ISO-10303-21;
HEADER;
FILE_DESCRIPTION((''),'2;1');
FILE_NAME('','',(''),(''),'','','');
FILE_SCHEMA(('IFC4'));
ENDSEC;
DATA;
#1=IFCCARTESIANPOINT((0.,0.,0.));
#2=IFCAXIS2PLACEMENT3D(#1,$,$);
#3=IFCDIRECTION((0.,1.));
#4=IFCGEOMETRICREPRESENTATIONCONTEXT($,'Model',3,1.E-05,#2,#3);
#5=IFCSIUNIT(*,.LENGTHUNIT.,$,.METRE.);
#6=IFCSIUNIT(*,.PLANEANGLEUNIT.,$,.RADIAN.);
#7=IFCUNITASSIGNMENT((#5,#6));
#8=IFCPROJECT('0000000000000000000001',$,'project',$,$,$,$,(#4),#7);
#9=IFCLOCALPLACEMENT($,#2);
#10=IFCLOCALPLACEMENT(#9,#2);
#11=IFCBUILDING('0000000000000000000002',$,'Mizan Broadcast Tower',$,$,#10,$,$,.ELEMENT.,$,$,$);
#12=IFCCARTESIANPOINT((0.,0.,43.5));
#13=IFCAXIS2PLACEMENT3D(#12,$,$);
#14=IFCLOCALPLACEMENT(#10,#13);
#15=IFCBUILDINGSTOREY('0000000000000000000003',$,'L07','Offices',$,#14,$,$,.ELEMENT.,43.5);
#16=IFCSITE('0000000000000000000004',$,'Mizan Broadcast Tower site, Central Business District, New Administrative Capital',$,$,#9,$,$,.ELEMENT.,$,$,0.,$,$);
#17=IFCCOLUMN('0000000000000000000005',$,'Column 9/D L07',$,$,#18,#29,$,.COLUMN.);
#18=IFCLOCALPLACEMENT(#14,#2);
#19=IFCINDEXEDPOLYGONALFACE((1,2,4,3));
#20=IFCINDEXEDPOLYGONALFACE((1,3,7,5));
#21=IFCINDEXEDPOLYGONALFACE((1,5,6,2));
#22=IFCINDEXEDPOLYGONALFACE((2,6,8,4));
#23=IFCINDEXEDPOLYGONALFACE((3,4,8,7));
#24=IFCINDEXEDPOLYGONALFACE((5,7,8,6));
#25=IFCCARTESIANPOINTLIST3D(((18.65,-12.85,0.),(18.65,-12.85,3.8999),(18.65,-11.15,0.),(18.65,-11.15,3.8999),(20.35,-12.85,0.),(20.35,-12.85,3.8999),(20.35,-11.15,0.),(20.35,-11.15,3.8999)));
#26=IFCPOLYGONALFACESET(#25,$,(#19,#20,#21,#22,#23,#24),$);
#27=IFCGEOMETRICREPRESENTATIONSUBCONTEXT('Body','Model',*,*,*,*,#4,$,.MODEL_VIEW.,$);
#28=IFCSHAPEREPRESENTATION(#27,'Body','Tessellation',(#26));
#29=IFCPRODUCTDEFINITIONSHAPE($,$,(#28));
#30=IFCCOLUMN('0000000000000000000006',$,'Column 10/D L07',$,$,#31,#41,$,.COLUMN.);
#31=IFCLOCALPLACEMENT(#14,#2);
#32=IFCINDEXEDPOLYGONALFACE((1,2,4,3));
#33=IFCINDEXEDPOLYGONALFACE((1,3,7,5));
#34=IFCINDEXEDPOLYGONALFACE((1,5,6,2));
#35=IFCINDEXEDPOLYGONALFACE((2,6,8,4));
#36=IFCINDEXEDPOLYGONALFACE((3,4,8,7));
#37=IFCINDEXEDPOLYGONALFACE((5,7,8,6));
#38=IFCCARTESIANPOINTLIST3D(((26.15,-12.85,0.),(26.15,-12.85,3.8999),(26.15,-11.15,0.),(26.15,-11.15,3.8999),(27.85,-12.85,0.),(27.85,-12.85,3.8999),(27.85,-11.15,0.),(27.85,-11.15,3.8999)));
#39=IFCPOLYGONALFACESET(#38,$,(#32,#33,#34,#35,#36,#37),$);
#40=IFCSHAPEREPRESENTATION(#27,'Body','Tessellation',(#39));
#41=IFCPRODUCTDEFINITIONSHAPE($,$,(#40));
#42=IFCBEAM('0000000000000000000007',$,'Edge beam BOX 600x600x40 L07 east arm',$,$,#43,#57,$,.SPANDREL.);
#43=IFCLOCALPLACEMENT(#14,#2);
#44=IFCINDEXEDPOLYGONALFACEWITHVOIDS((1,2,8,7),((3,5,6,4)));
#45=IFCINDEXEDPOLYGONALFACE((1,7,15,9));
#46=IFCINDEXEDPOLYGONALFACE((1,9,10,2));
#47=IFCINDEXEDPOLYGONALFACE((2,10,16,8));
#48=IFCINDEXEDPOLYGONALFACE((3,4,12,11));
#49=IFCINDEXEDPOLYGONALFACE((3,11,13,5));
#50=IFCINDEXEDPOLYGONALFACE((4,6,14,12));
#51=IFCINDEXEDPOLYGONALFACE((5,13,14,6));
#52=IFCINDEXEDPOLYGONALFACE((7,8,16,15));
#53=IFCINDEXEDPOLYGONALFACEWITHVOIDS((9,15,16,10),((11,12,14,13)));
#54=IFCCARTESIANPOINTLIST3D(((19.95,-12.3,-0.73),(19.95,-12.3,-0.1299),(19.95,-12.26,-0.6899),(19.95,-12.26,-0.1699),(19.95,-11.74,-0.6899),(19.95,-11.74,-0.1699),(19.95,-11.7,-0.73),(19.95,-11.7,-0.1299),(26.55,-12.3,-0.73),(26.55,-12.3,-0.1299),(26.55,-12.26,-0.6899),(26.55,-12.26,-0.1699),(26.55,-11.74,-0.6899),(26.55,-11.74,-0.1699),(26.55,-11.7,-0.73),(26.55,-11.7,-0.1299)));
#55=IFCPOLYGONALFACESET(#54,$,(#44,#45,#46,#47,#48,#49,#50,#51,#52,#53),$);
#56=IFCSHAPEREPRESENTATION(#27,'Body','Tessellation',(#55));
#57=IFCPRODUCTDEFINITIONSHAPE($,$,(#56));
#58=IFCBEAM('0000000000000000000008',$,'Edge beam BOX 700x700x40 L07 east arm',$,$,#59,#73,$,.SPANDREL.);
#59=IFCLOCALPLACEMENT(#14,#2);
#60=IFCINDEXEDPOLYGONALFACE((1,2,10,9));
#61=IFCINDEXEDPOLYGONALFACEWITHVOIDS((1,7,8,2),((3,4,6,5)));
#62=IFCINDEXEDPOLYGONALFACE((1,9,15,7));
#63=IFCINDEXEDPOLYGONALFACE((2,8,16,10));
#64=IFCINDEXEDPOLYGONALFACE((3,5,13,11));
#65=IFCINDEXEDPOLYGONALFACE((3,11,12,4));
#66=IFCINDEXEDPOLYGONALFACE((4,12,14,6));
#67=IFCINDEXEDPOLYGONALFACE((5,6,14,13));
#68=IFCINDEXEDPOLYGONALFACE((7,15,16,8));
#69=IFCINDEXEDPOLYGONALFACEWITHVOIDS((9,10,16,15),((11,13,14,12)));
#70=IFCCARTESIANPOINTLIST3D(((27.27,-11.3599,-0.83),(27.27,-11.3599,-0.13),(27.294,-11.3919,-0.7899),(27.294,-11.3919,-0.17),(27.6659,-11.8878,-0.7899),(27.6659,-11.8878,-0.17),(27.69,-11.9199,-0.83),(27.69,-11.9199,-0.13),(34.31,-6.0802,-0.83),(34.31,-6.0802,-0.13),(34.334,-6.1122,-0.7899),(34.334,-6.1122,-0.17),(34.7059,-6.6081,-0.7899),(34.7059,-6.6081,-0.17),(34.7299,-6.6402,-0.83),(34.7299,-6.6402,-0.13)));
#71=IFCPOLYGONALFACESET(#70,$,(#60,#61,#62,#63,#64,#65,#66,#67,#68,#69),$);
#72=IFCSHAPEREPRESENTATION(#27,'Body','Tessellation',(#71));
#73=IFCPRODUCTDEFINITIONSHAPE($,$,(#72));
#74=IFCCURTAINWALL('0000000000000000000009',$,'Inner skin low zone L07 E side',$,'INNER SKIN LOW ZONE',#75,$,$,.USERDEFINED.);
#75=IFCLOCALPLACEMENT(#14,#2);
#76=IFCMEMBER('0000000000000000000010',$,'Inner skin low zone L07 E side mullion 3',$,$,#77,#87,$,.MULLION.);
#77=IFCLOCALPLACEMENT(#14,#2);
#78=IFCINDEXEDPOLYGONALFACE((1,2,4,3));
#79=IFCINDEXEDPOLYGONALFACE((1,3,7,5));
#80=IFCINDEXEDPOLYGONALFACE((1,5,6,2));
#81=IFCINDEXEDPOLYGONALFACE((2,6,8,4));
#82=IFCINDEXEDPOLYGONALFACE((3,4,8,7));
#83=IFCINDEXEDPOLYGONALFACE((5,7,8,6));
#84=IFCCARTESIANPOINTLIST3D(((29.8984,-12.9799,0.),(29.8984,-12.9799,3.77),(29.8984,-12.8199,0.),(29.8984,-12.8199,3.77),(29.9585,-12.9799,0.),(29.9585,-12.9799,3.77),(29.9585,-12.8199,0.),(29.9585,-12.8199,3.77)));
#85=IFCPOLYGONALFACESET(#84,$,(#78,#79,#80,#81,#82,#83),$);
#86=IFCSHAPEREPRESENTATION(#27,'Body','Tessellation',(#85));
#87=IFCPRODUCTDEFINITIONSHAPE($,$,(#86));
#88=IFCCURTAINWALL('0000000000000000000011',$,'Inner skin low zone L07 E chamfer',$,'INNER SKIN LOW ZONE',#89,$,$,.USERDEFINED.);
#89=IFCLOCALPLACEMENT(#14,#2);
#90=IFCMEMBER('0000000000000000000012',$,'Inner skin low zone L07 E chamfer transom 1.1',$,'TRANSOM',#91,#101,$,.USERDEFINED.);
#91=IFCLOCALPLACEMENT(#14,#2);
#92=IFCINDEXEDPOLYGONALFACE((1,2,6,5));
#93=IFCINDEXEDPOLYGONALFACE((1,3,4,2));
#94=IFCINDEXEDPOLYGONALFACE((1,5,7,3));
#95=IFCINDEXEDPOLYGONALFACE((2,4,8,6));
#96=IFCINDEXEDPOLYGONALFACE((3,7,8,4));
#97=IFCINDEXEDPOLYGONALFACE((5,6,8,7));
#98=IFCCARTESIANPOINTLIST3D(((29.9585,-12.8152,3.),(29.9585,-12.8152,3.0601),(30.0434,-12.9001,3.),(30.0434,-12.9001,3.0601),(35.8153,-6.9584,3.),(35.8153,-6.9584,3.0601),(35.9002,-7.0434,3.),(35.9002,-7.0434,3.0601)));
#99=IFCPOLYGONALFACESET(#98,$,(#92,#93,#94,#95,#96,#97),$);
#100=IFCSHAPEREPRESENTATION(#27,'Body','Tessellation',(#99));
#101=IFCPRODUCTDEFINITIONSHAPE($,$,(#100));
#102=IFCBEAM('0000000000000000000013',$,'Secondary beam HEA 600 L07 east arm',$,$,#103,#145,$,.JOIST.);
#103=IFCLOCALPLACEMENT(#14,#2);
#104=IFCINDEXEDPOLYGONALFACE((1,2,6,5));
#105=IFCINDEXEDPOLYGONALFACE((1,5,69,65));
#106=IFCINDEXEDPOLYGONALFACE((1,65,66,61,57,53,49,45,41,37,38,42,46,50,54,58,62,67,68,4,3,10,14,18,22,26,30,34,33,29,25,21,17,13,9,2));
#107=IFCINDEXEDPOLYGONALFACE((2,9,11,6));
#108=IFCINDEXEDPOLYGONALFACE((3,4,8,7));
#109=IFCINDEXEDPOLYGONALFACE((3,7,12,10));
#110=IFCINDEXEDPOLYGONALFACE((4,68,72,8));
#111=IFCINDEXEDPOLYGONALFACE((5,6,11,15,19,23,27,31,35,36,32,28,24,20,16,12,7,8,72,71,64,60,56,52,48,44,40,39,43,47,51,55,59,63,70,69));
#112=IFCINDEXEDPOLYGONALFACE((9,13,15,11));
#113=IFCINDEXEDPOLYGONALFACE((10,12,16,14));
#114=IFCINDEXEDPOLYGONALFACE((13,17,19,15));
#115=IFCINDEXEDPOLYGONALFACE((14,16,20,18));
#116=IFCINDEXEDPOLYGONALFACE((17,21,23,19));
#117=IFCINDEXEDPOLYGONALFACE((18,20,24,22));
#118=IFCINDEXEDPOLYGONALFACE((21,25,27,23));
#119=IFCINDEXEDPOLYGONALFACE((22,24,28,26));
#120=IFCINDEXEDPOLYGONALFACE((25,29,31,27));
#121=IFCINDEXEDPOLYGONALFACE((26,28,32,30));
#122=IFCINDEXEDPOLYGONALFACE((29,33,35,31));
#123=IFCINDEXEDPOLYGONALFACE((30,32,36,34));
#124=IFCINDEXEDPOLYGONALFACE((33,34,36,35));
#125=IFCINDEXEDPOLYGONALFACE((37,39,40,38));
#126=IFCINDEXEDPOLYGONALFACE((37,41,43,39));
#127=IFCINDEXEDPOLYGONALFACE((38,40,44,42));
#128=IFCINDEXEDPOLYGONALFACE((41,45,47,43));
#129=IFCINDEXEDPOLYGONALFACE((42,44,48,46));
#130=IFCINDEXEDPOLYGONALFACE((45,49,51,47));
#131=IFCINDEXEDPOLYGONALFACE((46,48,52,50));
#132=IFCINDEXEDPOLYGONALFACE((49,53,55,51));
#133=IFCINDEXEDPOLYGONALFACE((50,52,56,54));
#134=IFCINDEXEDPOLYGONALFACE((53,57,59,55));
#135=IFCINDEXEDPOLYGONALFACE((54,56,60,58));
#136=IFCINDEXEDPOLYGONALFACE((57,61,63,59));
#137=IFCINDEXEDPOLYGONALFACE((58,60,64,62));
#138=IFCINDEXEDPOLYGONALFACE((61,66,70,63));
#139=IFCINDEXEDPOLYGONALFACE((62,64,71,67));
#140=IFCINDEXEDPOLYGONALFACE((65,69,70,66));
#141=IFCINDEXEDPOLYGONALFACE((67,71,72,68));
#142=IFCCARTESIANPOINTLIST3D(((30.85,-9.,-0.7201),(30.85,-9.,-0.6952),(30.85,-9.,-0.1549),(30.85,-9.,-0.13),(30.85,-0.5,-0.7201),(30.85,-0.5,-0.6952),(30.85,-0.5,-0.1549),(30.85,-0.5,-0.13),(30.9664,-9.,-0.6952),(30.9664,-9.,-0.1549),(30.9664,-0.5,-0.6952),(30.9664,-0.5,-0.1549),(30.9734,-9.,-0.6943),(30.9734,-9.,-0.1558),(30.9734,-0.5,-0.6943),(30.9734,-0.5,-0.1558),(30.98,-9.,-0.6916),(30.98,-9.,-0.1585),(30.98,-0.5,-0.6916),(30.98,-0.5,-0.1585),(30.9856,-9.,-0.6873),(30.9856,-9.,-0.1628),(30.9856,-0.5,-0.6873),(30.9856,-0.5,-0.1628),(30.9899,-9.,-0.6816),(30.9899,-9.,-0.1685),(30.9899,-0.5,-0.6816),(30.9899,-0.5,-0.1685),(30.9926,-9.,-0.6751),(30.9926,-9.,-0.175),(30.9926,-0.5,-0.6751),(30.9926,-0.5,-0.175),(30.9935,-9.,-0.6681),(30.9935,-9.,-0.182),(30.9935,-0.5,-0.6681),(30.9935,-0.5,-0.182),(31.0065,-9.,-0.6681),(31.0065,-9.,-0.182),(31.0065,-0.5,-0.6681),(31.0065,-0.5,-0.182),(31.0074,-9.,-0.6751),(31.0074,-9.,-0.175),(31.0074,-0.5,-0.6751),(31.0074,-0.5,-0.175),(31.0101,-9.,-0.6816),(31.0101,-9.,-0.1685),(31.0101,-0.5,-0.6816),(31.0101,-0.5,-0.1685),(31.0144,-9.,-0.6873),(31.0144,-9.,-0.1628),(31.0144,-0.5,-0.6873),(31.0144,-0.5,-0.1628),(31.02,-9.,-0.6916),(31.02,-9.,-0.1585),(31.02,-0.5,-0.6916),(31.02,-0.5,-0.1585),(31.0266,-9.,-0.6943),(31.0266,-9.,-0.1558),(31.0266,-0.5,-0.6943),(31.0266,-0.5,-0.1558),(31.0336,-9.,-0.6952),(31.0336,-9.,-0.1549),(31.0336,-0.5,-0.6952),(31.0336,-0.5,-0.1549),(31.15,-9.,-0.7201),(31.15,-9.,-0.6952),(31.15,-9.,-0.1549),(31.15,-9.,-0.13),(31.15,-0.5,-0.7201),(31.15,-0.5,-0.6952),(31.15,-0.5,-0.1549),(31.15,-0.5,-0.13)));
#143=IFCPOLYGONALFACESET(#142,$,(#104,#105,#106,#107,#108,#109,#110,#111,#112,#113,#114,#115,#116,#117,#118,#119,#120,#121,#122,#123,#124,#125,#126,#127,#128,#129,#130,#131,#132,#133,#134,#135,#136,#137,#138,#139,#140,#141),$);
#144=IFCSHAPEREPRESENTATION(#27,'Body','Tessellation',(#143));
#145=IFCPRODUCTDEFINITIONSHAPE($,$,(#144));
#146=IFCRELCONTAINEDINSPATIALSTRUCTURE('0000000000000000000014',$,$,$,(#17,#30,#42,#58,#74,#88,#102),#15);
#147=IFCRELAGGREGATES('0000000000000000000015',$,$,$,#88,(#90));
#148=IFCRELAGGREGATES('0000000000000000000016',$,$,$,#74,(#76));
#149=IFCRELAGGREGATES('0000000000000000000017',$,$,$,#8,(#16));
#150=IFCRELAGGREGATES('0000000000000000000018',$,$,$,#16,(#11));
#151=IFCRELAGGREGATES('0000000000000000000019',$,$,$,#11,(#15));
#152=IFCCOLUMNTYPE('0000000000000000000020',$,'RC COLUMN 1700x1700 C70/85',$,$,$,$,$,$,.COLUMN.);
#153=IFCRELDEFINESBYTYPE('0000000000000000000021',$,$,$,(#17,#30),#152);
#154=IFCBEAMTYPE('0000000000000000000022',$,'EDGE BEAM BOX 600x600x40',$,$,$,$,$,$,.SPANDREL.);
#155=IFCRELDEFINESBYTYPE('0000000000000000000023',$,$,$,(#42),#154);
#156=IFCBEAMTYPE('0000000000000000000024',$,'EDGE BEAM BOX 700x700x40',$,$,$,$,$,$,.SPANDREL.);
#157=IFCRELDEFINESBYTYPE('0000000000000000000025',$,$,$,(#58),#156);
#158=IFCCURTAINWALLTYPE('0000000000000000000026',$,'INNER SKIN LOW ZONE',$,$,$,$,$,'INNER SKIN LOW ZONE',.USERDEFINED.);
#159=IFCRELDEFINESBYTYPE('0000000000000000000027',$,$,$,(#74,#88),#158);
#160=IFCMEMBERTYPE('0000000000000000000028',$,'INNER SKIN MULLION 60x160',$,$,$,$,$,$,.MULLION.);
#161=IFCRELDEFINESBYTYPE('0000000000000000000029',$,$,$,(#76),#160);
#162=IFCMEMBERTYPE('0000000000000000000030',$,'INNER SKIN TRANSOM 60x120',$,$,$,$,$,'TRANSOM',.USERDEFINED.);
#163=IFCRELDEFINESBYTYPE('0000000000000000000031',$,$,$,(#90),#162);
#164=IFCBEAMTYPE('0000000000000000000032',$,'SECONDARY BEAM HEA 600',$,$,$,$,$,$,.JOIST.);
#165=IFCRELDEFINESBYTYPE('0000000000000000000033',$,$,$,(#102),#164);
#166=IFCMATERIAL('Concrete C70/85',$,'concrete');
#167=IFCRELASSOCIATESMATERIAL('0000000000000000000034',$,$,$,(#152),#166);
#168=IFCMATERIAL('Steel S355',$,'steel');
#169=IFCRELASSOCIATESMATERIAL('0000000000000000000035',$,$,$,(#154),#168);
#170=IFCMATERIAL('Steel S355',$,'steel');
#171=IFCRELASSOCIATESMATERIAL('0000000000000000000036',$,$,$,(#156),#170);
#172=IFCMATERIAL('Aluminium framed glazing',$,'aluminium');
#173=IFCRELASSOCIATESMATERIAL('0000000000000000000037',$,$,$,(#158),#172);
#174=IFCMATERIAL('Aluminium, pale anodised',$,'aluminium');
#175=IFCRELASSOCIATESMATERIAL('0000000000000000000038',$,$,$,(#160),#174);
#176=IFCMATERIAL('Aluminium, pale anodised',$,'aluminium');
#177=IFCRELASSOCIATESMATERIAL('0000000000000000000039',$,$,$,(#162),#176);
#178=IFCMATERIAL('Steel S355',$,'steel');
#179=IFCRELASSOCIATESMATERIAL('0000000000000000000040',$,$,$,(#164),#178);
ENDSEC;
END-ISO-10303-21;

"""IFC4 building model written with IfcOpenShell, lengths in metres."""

from ifc_helpers import new_model, si_unit, direction, frame, origin, origin_2d, place, context, subcontext, project, spatial, rectangle, hollow_rectangle, i_section, extrude, material, material_profile, profile_set, type_object, element, aggregate, save


model = new_model("IFC4")

# Units and contexts
model_context = context("Model", 3, precision=1e-05, world=origin(), true_north=direction((0.0, 1.0)))
body_context = subcontext(model_context, "Body", "Model", "MODEL_VIEW")
ifc_project = project(units=[si_unit("LENGTHUNIT", "METRE"), si_unit("PLANEANGLEUNIT", "RADIAN")], contexts=[model_context])

# Site, building, storey
site_placement = place(None, origin())
site = spatial("IfcSite", under=ifc_project, at=site_placement, Name="Mizan Broadcast Tower site, Central Business District, New Administrative Capital", CompositionType="ELEMENT", RefElevation=0.0)
building_placement = place(site_placement, origin())
building = spatial("IfcBuilding", under=site, at=building_placement, Name="Mizan Broadcast Tower", CompositionType="ELEMENT")
storey_placement = place(building_placement, frame((0.0, 0.0, 43.5)))
storey = spatial("IfcBuildingStorey", under=building, at=storey_placement, Name="L07", Description="Offices", CompositionType="ELEMENT", Elevation=43.5)

# Columns
ifc_material_1 = material(Name="Concrete C70/85", Category="concrete")
ifc_material_profile_1 = material_profile(ifc_material_1, rectangle(XDim=1.7, YDim=1.7, at=origin_2d()), Name="RC 1700x1700")
ifc_profile_set_1 = profile_set([ifc_material_profile_1], Name="Concrete C70/85")
column_type = type_object("IfcColumnType", Name="RC COLUMN 1700x1700 C70/85", PredefinedType="COLUMN", material=ifc_profile_set_1)
for number, where, z_axis, x_axis, name in (
    (1, (19.5, -12.0, 0.0), (0.0, 0.0, 1.0), (1.0, 0.0, 0.0), "Column 9/D L07"),
    (2, (27.0, -12.0, 0.0), (0.0, 0.0, 1.0), (1.0, 0.0, 0.0), "Column 10/D L07"),
):
    element("IfcColumn", number, at=place(storey_placement, frame(where, z_axis=z_axis, x_axis=x_axis)), inside=storey, type_object=column_type, Name=name, PredefinedType="COLUMN", context=body_context, shape_type="SweptSolid", body=[
        extrude(rectangle(XDim=1.7, YDim=1.7, at=origin_2d()), origin(), (0.0, 0.0, 1.0), 3.8999),
    ])

# Beams
ifc_material_2 = material(Name="Steel S355", Category="steel")
ifc_material_profile_2 = material_profile(ifc_material_2, hollow_rectangle(XDim=0.6001, YDim=0.6001, WallThickness=0.04, at=origin_2d()), Name="BOX 600x600x40")
ifc_profile_set_2 = profile_set([ifc_material_profile_2], Name="Steel S355")
beam_type_1 = type_object("IfcBeamType", Name="EDGE BEAM BOX 600x600x40", PredefinedType="SPANDREL", material=ifc_profile_set_2)
beam_1_placement = place(storey_placement, frame((19.95, -12.0, -0.4299), z_axis=(1.0, 0.0, 0.0), x_axis=(0.0, 1.0, 0.0)))
element("IfcBeam", 3, at=beam_1_placement, inside=storey, type_object=beam_type_1, Name="Edge beam BOX 600x600x40 L07 east arm", PredefinedType="SPANDREL", context=body_context, shape_type="SweptSolid", body=[
    extrude(hollow_rectangle(XDim=0.6001, YDim=0.6001, WallThickness=0.04, at=origin_2d()), origin(), (0.0, 0.0, 1.0), 6.6001),
])
ifc_material_3 = material(Name="Steel S355", Category="steel")
ifc_material_profile_3 = material_profile(ifc_material_3, hollow_rectangle(XDim=0.7, YDim=0.7, WallThickness=0.04, at=origin_2d()), Name="BOX 700x700x40")
ifc_profile_set_3 = profile_set([ifc_material_profile_3], Name="Steel S355")
beam_type_2 = type_object("IfcBeamType", Name="EDGE BEAM BOX 700x700x40", PredefinedType="SPANDREL", material=ifc_profile_set_3)
beam_2_placement = place(storey_placement, frame((27.48, -11.6399, -0.48), z_axis=(0.800013, 0.599982, 0.0), x_axis=(-0.599982, 0.800013, 0.0)))
element("IfcBeam", 4, at=beam_2_placement, inside=storey, type_object=beam_type_2, Name="Edge beam BOX 700x700x40 L07 east arm", PredefinedType="SPANDREL", context=body_context, shape_type="SweptSolid", body=[
    extrude(hollow_rectangle(XDim=0.7, YDim=0.7, WallThickness=0.04, at=origin_2d()), origin(), (0.0, 0.0, 1.0), 8.7998),
])

# Curtain walls, members
ifc_material_4 = material(Name="Aluminium framed glazing", Category="aluminium")
curtain_wall_type_1 = type_object("IfcCurtainWallType", Name="INNER SKIN LOW ZONE", ElementType="INNER SKIN LOW ZONE", PredefinedType="USERDEFINED", material=ifc_material_4)
curtain_wall_1_placement = place(storey_placement, origin())
curtain_wall_1 = element("IfcCurtainWall", 5, at=curtain_wall_1_placement, inside=storey, type_object=curtain_wall_type_1, Name="Inner skin low zone L07 E side", ObjectType="INNER SKIN LOW ZONE", PredefinedType="USERDEFINED")
ifc_material_5 = material(Name="Aluminium, pale anodised", Category="aluminium")
ifc_material_profile_4 = material_profile(ifc_material_5, rectangle(XDim=0.1599, YDim=0.0601, at=origin_2d()), Name="MULLION 160x60")
ifc_profile_set_4 = profile_set([ifc_material_profile_4], Name="Aluminium, pale anodised")
member_type_1 = type_object("IfcMemberType", Name="INNER SKIN MULLION 60x160", PredefinedType="MULLION", material=ifc_profile_set_4)
member_1_placement = place(storey_placement, frame((29.9285, -12.8999, 0.0), z_axis=(0.0, 0.0, 1.0), x_axis=(0.0, 1.0, 0.0)))
member_1 = element("IfcMember", 6, at=member_1_placement, type_object=member_type_1, Name="Inner skin low zone L07 E side mullion 3", PredefinedType="MULLION", context=body_context, shape_type="SweptSolid", body=[
    extrude(rectangle(XDim=0.1599, YDim=0.0601, at=origin_2d()), origin(), (0.0, 0.0, 1.0), 3.77),
])
curtain_wall_2_placement = place(storey_placement, origin())
curtain_wall_2 = element("IfcCurtainWall", 7, at=curtain_wall_2_placement, inside=storey, type_object=curtain_wall_type_1, Name="Inner skin low zone L07 E chamfer", ObjectType="INNER SKIN LOW ZONE", PredefinedType="USERDEFINED")
ifc_material_6 = material(Name="Aluminium, pale anodised", Category="aluminium")
ifc_material_profile_5 = material_profile(ifc_material_6, rectangle(XDim=0.1201, YDim=0.0601, at=origin_2d()), Name="TRANSOM 120x60")
ifc_profile_set_5 = profile_set([ifc_material_profile_5], Name="Aluminium, pale anodised")
member_type_2 = type_object("IfcMemberType", Name="INNER SKIN TRANSOM 60x120", ElementType="TRANSOM", PredefinedType="USERDEFINED", material=ifc_profile_set_5)
member_2_placement = place(storey_placement, frame((30.001, -12.8577, 3.03), z_axis=(0.707107, 0.707107, 0.0), x_axis=(-0.707107, 0.707107, 0.0)))
member_2 = element("IfcMember", 8, at=member_2_placement, type_object=member_type_2, Name="Inner skin low zone L07 E chamfer transom 1.1", ObjectType="TRANSOM", PredefinedType="USERDEFINED", context=body_context, shape_type="SweptSolid", body=[
    extrude(rectangle(XDim=0.1201, YDim=0.0601, at=origin_2d()), origin(), (0.0, 0.0, 1.0), 8.2827),
])
aggregate(curtain_wall_2, [member_2])

# Beam
ifc_material_7 = material(Name="Steel S355", Category="steel")
ifc_material_profile_6 = material_profile(ifc_material_7, i_section(OverallWidth=0.3, OverallDepth=0.5901, WebThickness=0.0129, FlangeThickness=0.0249, FilletRadius=0.0271, at=origin_2d()), Name="HEA 600")
ifc_profile_set_6 = profile_set([ifc_material_profile_6], Name="Steel S355")
beam_type_3 = type_object("IfcBeamType", Name="SECONDARY BEAM HEA 600", PredefinedType="JOIST", material=ifc_profile_set_6)
beam_3_placement = place(storey_placement, frame((31.0, -9.0, -0.425), z_axis=(0.0, 1.0, 0.0), x_axis=(-1.0, 0.0, 0.0)))
element("IfcBeam", 9, at=beam_3_placement, inside=storey, type_object=beam_type_3, Name="Secondary beam HEA 600 L07 east arm", PredefinedType="JOIST", context=body_context, shape_type="SweptSolid", body=[
    extrude(i_section(OverallWidth=0.3, OverallDepth=0.5901, WebThickness=0.0129, FlangeThickness=0.0249, FilletRadius=0.0271, at=origin_2d()), origin(), (0.0, 0.0, 1.0), 8.5),
])

aggregate(curtain_wall_1, [member_1])

save(model, "model.ifc")
